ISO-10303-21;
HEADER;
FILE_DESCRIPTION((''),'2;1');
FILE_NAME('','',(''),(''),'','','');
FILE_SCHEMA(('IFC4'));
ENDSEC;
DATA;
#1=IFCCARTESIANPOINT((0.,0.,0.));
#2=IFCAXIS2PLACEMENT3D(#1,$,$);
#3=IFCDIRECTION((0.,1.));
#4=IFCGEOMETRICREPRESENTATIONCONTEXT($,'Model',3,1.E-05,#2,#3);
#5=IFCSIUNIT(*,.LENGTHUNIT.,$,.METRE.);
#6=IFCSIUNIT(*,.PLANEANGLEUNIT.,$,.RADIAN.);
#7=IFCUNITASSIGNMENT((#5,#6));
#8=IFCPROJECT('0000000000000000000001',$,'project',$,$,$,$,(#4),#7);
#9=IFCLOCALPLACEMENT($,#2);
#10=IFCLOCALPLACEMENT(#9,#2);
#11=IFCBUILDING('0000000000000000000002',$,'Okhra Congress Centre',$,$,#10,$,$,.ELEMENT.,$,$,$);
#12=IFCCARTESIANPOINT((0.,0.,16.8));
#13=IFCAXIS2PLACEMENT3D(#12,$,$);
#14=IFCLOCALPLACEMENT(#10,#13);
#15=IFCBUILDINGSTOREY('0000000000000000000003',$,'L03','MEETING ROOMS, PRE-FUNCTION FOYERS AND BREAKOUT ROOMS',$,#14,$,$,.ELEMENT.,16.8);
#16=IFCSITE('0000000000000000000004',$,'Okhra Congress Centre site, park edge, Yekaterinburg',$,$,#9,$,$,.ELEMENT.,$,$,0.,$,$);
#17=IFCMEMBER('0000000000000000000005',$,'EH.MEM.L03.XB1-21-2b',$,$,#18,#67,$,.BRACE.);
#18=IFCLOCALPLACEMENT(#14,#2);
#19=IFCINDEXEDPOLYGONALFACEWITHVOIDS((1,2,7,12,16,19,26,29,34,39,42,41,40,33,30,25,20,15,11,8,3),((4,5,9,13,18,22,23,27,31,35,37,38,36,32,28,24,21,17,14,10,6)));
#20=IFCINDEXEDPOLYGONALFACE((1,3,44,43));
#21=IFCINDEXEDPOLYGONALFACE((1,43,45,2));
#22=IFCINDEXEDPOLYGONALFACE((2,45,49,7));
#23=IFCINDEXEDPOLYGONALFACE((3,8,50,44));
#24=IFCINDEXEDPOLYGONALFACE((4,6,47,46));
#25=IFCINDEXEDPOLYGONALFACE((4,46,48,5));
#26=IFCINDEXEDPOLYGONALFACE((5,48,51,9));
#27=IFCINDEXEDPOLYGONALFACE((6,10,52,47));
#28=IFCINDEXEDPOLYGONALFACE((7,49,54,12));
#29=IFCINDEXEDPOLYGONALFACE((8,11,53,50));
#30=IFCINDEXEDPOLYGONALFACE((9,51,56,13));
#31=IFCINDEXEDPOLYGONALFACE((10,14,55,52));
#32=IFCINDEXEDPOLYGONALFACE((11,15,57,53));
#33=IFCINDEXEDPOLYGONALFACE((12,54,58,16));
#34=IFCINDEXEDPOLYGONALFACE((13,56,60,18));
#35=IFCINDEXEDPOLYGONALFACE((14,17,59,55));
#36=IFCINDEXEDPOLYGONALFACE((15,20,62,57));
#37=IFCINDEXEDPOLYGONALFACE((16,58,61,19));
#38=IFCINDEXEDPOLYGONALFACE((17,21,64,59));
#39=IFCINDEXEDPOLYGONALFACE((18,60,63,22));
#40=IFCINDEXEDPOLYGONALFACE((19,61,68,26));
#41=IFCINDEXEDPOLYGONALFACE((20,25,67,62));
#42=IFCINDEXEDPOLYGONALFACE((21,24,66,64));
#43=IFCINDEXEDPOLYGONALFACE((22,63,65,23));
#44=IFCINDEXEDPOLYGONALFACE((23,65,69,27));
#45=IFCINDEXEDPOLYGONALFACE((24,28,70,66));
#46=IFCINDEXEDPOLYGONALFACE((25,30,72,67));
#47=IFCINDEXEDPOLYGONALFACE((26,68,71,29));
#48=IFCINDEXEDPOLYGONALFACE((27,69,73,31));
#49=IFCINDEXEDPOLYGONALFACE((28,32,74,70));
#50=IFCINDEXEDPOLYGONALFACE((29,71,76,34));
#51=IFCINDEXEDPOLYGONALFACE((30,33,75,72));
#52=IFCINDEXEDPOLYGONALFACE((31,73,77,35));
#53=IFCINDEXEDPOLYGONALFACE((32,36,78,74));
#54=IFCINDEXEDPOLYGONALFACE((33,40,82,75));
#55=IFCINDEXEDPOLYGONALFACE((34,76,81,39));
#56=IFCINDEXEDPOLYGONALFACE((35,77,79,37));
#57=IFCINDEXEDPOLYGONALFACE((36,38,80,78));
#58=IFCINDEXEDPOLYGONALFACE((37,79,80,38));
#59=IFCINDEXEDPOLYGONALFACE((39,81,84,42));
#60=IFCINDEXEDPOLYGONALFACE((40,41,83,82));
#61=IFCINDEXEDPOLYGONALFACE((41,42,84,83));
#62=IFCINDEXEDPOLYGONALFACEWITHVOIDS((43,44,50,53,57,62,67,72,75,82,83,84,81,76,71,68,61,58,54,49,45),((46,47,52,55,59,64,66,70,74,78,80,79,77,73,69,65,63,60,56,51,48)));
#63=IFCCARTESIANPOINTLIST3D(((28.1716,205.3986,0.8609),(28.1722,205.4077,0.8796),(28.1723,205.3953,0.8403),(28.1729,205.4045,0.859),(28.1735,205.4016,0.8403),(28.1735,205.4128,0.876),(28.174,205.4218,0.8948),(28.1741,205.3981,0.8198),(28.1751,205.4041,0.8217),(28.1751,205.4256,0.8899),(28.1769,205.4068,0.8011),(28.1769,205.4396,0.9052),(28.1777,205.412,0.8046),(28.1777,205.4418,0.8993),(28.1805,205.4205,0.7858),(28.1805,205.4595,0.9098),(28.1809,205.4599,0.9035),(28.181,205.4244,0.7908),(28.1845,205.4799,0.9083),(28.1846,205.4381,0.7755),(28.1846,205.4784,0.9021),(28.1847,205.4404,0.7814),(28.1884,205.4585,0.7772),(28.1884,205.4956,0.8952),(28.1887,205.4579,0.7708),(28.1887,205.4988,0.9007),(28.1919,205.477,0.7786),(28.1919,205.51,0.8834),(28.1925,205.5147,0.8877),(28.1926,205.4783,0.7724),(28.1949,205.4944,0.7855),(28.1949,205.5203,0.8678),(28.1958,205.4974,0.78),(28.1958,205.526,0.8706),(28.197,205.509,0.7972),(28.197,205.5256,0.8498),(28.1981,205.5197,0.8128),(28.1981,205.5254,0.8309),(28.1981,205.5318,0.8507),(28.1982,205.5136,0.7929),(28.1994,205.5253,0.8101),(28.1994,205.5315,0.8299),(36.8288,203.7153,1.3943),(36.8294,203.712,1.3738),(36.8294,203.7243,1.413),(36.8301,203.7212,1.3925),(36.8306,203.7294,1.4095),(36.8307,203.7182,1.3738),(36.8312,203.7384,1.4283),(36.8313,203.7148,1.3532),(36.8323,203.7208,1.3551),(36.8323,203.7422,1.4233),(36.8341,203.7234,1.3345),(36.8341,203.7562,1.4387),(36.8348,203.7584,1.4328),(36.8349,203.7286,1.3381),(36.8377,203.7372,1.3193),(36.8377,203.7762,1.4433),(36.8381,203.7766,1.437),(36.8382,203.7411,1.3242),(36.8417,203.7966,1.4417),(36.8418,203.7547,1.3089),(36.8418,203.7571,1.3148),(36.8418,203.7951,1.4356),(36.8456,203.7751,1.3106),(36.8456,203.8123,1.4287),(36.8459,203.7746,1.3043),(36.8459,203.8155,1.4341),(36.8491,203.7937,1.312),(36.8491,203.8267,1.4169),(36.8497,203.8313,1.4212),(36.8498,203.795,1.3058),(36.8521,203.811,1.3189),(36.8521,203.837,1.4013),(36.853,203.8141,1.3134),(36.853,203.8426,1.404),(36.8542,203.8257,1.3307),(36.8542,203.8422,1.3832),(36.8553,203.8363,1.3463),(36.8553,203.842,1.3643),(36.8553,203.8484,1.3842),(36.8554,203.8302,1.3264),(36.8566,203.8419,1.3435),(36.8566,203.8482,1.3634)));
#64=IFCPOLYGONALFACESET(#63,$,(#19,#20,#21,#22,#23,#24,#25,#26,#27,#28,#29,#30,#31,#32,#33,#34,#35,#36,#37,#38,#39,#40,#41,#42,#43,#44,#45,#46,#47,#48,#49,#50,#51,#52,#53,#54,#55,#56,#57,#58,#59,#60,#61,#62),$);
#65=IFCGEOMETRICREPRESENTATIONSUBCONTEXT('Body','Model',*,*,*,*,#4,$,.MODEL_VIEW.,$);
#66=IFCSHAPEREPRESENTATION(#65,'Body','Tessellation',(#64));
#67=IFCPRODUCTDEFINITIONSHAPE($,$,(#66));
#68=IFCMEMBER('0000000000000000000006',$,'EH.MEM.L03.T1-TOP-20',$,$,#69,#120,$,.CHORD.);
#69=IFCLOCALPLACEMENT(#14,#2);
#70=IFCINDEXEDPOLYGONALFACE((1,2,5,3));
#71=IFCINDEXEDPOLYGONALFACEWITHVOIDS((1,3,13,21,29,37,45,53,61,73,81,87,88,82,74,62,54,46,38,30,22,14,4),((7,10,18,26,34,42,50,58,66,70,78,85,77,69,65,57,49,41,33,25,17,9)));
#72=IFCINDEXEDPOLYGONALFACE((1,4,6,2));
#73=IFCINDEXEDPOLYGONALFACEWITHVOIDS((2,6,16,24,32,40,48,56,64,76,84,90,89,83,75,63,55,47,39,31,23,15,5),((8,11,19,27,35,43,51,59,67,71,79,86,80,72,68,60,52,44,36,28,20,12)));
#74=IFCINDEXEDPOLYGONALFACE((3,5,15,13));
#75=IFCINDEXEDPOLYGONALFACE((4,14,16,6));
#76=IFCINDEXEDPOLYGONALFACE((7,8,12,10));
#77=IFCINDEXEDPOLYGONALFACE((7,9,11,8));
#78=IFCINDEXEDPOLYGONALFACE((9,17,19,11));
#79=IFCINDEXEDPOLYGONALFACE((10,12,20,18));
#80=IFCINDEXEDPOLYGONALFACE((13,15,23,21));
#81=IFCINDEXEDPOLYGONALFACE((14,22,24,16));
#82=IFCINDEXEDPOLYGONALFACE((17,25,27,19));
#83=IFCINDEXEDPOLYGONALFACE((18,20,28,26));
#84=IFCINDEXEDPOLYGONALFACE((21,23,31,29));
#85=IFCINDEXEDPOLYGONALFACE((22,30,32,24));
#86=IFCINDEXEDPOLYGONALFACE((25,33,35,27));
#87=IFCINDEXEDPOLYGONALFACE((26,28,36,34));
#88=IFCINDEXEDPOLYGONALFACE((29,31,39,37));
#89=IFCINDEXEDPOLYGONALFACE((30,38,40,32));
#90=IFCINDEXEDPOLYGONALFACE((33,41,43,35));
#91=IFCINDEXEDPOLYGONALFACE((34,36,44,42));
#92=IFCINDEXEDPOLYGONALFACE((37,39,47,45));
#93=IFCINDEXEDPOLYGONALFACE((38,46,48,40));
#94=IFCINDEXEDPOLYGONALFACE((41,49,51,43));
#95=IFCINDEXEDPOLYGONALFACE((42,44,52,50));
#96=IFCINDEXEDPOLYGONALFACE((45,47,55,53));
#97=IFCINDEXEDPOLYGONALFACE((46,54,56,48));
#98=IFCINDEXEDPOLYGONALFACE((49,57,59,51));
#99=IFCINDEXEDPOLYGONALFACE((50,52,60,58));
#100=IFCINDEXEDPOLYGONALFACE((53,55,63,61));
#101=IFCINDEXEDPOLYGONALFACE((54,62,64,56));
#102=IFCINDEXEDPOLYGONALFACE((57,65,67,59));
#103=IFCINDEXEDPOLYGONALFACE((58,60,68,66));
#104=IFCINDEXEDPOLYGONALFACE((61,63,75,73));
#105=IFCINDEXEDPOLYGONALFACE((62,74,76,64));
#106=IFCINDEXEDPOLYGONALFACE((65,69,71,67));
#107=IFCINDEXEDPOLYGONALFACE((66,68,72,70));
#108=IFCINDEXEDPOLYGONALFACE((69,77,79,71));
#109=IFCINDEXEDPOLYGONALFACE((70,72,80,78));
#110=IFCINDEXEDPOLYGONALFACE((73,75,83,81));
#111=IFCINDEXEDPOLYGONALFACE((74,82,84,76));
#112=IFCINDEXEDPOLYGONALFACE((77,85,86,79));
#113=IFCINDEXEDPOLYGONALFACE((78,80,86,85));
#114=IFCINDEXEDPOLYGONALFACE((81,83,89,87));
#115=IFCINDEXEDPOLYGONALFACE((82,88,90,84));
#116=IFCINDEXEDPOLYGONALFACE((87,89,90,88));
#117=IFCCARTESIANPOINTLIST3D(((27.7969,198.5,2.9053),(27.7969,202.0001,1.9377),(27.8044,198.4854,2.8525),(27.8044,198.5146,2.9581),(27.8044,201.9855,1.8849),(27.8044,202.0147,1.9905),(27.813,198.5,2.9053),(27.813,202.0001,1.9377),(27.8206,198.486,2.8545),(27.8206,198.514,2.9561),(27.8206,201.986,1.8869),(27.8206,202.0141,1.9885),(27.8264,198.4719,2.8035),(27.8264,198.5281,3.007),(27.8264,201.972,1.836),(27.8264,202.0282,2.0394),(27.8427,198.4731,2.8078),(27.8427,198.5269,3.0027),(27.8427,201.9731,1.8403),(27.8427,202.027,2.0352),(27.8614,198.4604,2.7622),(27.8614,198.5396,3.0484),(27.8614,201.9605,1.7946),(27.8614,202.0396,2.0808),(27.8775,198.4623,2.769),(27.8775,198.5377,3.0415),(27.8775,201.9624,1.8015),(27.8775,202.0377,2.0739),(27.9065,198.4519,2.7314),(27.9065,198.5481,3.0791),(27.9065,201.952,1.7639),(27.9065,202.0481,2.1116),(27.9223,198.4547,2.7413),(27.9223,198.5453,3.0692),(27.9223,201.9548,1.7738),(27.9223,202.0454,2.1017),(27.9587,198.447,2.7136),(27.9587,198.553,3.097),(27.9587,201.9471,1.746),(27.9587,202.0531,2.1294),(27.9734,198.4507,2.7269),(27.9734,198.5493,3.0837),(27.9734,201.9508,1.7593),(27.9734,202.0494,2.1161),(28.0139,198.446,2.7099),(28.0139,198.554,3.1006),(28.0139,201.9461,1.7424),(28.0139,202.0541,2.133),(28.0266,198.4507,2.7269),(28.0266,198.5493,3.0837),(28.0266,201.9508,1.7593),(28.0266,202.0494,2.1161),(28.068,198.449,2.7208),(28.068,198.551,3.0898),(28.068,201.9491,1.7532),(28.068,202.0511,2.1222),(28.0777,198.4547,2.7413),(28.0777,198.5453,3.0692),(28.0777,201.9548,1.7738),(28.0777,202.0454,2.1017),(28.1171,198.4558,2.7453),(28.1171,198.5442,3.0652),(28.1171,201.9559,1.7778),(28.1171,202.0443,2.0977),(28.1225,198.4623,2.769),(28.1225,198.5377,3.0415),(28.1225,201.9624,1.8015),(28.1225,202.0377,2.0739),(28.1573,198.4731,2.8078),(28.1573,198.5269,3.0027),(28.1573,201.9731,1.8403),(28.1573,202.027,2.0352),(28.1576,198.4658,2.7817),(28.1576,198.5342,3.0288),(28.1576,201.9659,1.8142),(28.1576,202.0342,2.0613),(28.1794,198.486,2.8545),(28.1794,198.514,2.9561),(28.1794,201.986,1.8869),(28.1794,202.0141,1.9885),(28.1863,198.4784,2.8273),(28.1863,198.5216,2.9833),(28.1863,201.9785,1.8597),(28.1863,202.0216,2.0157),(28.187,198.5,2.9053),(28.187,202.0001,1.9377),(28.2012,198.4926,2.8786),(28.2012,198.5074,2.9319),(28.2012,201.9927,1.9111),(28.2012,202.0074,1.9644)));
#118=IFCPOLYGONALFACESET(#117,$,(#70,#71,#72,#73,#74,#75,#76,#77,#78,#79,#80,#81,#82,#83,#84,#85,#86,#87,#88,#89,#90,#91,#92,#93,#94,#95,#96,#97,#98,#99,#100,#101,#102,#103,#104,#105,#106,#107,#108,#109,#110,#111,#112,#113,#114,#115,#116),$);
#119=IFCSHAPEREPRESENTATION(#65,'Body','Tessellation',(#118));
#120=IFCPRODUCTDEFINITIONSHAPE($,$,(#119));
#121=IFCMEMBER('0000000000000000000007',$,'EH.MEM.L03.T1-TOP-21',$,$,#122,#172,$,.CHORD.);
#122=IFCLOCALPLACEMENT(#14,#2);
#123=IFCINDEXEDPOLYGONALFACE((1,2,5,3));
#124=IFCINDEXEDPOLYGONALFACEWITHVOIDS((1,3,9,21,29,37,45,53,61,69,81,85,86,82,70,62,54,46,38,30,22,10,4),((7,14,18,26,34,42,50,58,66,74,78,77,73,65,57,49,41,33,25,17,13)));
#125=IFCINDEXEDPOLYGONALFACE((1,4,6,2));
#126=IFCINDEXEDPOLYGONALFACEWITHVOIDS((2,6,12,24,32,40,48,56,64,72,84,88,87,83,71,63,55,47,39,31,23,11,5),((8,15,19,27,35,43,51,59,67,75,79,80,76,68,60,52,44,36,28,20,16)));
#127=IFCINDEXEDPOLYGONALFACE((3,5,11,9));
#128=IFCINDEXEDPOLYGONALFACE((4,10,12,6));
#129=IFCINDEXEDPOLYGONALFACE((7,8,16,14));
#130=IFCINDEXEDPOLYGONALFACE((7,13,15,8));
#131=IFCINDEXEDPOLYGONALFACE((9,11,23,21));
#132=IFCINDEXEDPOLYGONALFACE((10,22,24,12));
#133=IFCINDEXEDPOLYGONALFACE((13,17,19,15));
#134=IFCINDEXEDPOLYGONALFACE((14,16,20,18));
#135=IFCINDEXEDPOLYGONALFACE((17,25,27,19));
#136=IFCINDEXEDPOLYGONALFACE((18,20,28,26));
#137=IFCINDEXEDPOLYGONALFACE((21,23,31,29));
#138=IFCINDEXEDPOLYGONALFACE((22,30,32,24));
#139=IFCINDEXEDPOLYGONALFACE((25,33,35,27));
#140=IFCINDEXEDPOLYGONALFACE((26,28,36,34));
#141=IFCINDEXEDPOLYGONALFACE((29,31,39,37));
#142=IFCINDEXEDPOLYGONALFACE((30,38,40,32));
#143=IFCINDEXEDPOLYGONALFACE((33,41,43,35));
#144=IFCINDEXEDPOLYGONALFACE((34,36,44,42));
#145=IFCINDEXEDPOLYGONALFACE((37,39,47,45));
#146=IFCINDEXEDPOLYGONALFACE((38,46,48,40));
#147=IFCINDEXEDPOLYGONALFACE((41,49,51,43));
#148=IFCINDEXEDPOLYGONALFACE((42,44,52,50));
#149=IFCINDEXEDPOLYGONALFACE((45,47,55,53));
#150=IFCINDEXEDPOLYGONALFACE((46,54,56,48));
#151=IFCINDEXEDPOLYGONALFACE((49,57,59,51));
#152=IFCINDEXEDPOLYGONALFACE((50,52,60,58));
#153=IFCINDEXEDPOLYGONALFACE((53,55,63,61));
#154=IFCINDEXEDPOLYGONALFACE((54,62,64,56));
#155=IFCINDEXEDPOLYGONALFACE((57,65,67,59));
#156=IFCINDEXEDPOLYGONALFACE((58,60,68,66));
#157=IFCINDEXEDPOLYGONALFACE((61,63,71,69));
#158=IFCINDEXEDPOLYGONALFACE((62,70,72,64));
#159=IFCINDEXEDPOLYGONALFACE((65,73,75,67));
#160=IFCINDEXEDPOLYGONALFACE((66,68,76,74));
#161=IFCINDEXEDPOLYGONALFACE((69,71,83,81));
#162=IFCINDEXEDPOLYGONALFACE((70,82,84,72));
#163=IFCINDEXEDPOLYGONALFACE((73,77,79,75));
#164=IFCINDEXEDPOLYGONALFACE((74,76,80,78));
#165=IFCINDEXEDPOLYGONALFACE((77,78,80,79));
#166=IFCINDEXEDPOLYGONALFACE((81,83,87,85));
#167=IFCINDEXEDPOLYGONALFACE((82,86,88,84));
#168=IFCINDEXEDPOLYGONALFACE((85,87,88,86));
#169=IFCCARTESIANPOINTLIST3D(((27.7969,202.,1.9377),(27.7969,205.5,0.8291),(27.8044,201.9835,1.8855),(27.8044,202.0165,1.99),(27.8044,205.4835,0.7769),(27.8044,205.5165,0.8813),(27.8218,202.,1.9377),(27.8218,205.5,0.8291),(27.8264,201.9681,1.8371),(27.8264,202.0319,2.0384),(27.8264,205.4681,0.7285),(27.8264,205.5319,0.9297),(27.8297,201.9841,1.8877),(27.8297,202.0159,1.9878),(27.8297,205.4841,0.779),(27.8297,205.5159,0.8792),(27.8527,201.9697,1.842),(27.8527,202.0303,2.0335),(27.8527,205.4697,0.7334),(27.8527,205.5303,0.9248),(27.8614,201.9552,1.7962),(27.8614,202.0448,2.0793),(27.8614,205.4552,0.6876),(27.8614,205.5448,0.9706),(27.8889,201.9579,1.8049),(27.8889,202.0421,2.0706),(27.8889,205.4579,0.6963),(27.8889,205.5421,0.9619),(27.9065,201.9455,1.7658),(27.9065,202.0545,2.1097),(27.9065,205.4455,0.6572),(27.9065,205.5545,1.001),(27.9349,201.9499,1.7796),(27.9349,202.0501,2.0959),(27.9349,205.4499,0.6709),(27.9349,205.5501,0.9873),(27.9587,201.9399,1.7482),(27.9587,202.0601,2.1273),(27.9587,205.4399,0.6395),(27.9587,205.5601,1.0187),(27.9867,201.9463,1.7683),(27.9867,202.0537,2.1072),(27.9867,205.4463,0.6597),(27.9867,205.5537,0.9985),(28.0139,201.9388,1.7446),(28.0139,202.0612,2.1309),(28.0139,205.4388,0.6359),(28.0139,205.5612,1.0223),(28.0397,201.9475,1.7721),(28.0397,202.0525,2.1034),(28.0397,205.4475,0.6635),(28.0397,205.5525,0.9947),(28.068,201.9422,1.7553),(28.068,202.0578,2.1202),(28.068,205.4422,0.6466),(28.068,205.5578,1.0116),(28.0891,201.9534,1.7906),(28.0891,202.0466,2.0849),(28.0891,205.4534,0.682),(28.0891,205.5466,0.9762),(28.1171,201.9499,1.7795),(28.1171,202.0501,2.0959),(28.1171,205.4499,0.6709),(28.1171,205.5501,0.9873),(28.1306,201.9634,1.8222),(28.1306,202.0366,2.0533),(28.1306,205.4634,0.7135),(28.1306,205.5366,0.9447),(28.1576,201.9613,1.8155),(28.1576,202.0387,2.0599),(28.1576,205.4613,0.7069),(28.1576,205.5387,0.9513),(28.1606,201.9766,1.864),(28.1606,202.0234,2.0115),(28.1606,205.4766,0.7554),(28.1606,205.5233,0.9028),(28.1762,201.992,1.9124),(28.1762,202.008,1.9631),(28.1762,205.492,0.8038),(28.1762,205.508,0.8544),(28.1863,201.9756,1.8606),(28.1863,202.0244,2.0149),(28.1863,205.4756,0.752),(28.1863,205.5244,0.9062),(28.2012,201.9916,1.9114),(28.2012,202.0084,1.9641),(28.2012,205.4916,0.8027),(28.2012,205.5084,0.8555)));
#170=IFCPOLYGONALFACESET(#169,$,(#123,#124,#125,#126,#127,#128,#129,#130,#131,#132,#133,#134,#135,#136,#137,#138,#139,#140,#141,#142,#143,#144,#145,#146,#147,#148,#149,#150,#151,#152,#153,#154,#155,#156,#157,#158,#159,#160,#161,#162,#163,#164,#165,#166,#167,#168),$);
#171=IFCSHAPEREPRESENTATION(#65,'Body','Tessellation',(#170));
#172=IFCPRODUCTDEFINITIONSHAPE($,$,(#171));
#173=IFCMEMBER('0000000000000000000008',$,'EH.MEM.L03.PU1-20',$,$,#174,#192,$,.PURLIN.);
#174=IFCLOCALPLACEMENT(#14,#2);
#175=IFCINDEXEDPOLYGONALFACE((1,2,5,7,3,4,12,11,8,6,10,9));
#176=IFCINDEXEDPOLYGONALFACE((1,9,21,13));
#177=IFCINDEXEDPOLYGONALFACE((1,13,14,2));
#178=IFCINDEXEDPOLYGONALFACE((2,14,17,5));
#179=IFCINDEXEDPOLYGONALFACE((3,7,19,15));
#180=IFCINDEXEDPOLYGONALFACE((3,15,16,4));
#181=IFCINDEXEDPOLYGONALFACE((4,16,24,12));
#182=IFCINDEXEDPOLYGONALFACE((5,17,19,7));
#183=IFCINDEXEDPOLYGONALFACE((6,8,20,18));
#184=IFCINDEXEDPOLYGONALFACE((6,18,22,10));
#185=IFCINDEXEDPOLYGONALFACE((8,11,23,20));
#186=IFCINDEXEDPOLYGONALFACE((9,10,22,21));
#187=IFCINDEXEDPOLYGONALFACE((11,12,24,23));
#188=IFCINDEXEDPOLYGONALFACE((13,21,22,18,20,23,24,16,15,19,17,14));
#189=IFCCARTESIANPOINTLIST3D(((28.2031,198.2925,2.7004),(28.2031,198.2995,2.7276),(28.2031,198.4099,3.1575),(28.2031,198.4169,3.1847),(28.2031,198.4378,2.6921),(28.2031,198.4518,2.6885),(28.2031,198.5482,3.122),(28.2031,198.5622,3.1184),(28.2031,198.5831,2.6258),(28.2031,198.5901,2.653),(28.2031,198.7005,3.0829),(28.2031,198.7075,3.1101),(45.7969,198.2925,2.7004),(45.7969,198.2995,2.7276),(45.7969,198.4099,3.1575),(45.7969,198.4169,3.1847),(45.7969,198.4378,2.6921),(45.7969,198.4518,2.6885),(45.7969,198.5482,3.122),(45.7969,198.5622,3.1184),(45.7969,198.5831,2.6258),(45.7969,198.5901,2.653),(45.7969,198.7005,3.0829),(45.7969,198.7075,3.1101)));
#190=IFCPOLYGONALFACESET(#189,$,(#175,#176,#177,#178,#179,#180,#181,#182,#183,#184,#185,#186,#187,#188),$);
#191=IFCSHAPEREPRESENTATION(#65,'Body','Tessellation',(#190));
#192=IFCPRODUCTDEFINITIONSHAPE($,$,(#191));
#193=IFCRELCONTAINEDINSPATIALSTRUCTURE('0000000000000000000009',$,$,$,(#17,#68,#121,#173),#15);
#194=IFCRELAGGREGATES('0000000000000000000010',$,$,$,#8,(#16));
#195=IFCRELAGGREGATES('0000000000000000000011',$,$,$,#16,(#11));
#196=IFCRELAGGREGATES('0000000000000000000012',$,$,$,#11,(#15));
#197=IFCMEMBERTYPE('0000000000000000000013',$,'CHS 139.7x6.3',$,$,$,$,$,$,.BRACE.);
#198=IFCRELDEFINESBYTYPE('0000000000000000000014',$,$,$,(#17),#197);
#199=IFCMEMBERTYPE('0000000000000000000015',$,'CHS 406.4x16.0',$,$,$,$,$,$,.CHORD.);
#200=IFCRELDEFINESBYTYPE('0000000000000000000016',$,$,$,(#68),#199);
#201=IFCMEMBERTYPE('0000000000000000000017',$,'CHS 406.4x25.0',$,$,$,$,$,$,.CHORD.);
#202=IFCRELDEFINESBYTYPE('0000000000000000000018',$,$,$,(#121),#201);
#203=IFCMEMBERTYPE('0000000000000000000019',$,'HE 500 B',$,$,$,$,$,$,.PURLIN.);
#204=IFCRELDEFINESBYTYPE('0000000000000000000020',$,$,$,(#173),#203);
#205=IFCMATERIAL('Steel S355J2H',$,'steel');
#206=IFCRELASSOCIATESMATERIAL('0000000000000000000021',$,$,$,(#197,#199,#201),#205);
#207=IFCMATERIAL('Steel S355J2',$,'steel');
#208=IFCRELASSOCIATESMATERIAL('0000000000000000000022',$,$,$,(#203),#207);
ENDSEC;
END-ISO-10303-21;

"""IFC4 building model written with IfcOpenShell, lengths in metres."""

from ifc_helpers import new_model, si_unit, direction, frame, origin, origin_2d, place, context, subcontext, project, spatial, hollow_circle, i_section, extrude, material, material_profile, profile_set, type_object, element, save


model = new_model("IFC4")

# Units and contexts
model_context = context("Model", 3, precision=1e-05, world=origin(), true_north=direction((0.0, 1.0)))
body_context = subcontext(model_context, "Body", "Model", "MODEL_VIEW")
ifc_project = project(units=[si_unit("LENGTHUNIT", "METRE"), si_unit("PLANEANGLEUNIT", "RADIAN")], contexts=[model_context])

# Site, building, storey
site_placement = place(None, origin())
site = spatial("IfcSite", under=ifc_project, at=site_placement, Name="Okhra Congress Centre site, park edge, Yekaterinburg", CompositionType="ELEMENT", RefElevation=0.0)
building_placement = place(site_placement, origin())
building = spatial("IfcBuilding", under=site, at=building_placement, Name="Okhra Congress Centre", CompositionType="ELEMENT")
storey_placement = place(building_placement, frame((0.0, 0.0, 16.8)))
storey = spatial("IfcBuildingStorey", under=building, at=storey_placement, Name="L03", Description="MEETING ROOMS, PRE-FUNCTION FOYERS AND BREAKOUT ROOMS", CompositionType="ELEMENT", Elevation=16.8)

# Members
ifc_material_1 = material(Name="Steel S355J2H", Category="steel")
ifc_material_profile_1 = material_profile(ifc_material_1, hollow_circle(Radius=0.0698, WallThickness=0.0063, at=origin_2d()), Name="CHS 139.7x6.3")
ifc_profile_set_1 = profile_set([ifc_material_profile_1], Name="Steel S355J2H")
member_type_1 = type_object("IfcMemberType", Name="CHS 139.7x6.3", PredefinedType="BRACE", material=ifc_profile_set_1)
member_1_placement = place(storey_placement, frame((36.8428, 203.7805, 1.3738), z_axis=(-0.979825, 0.190521, -0.060376), x_axis=(-0.19087, -0.981615, 0.0)))
element("IfcMember", 1, at=member_1_placement, inside=storey, type_object=member_type_1, Name="EH.MEM.L03.XB1-21-2b", PredefinedType="BRACE", context=body_context, shape_type="SweptSolid", body=[
    extrude(hollow_circle(Radius=0.0698, WallThickness=0.0063, at=origin_2d()), origin(), (0.0, 0.0, 1.0), 8.8354),
])
ifc_material_profile_2 = material_profile(ifc_material_1, hollow_circle(Radius=0.2031, WallThickness=0.0161, at=origin_2d()), Name="CHS 406.4x16.0")
ifc_profile_set_2 = profile_set([ifc_material_profile_2], Name="Steel S355J2H")
member_type_2 = type_object("IfcMemberType", Name="CHS 406.4x16.0", PredefinedType="CHORD", material=ifc_profile_set_2)
member_2_placement = place(storey_placement, frame((28.0, 198.5, 2.9053), z_axis=(0.0, 0.96385, -0.266444), x_axis=(-1.0, 0.0, 0.0)))
element("IfcMember", 2, at=member_2_placement, inside=storey, type_object=member_type_2, Name="EH.MEM.L03.T1-TOP-20", PredefinedType="CHORD", context=body_context, shape_type="SweptSolid", body=[
    extrude(hollow_circle(Radius=0.2031, WallThickness=0.0161, at=origin_2d()), origin(), (0.0, 0.0, 1.0), 3.6313),
])
ifc_material_profile_3 = material_profile(ifc_material_1, hollow_circle(Radius=0.2031, WallThickness=0.0249, at=origin_2d()), Name="CHS 406.4x25.0")
ifc_profile_set_3 = profile_set([ifc_material_profile_3], Name="Steel S355J2H")
member_type_3 = type_object("IfcMemberType", Name="CHS 406.4x25.0", PredefinedType="CHORD", material=ifc_profile_set_3)
member_3_placement = place(storey_placement, frame((28.0, 202.0, 1.9377), z_axis=(0.0, 0.953318, -0.301968), x_axis=(-1.0, 0.0, 0.0)))
element("IfcMember", 3, at=member_3_placement, inside=storey, type_object=member_type_3, Name="EH.MEM.L03.T1-TOP-21", PredefinedType="CHORD", context=body_context, shape_type="SweptSolid", body=[
    extrude(hollow_circle(Radius=0.2031, WallThickness=0.0249, at=origin_2d()), origin(), (0.0, 0.0, 1.0), 3.6714),
])
ifc_material_2 = material(Name="Steel S355J2", Category="steel")
ifc_material_profile_4 = material_profile(ifc_material_2, i_section(OverallWidth=0.3, OverallDepth=0.5, WebThickness=0.0144, FlangeThickness=0.0281, at=origin_2d()), Name="HE 500 B")
ifc_profile_set_4 = profile_set([ifc_material_profile_4], Name="Steel S355J2")
member_type_4 = type_object("IfcMemberType", Name="HE 500 B", PredefinedType="PURLIN", material=ifc_profile_set_4)
for number, where, z_axis, x_axis, name in (
    (4, (28.2031, 198.5, 2.9053), (1.0, 0.0, 0.0), (0.0, 0.96857, -0.248739), "EH.MEM.L03.PU1-20"),
):
    element("IfcMember", number, at=place(storey_placement, frame(where, z_axis=z_axis, x_axis=x_axis)), inside=storey, type_object=member_type_4, Name=name, PredefinedType="PURLIN", context=body_context, shape_type="SweptSolid", body=[
        extrude(i_section(OverallWidth=0.3, OverallDepth=0.5, WebThickness=0.0144, FlangeThickness=0.0281, at=origin_2d()), origin(), (0.0, 0.0, 1.0), 17.5938),
    ])

save(model, "model.ifc")
